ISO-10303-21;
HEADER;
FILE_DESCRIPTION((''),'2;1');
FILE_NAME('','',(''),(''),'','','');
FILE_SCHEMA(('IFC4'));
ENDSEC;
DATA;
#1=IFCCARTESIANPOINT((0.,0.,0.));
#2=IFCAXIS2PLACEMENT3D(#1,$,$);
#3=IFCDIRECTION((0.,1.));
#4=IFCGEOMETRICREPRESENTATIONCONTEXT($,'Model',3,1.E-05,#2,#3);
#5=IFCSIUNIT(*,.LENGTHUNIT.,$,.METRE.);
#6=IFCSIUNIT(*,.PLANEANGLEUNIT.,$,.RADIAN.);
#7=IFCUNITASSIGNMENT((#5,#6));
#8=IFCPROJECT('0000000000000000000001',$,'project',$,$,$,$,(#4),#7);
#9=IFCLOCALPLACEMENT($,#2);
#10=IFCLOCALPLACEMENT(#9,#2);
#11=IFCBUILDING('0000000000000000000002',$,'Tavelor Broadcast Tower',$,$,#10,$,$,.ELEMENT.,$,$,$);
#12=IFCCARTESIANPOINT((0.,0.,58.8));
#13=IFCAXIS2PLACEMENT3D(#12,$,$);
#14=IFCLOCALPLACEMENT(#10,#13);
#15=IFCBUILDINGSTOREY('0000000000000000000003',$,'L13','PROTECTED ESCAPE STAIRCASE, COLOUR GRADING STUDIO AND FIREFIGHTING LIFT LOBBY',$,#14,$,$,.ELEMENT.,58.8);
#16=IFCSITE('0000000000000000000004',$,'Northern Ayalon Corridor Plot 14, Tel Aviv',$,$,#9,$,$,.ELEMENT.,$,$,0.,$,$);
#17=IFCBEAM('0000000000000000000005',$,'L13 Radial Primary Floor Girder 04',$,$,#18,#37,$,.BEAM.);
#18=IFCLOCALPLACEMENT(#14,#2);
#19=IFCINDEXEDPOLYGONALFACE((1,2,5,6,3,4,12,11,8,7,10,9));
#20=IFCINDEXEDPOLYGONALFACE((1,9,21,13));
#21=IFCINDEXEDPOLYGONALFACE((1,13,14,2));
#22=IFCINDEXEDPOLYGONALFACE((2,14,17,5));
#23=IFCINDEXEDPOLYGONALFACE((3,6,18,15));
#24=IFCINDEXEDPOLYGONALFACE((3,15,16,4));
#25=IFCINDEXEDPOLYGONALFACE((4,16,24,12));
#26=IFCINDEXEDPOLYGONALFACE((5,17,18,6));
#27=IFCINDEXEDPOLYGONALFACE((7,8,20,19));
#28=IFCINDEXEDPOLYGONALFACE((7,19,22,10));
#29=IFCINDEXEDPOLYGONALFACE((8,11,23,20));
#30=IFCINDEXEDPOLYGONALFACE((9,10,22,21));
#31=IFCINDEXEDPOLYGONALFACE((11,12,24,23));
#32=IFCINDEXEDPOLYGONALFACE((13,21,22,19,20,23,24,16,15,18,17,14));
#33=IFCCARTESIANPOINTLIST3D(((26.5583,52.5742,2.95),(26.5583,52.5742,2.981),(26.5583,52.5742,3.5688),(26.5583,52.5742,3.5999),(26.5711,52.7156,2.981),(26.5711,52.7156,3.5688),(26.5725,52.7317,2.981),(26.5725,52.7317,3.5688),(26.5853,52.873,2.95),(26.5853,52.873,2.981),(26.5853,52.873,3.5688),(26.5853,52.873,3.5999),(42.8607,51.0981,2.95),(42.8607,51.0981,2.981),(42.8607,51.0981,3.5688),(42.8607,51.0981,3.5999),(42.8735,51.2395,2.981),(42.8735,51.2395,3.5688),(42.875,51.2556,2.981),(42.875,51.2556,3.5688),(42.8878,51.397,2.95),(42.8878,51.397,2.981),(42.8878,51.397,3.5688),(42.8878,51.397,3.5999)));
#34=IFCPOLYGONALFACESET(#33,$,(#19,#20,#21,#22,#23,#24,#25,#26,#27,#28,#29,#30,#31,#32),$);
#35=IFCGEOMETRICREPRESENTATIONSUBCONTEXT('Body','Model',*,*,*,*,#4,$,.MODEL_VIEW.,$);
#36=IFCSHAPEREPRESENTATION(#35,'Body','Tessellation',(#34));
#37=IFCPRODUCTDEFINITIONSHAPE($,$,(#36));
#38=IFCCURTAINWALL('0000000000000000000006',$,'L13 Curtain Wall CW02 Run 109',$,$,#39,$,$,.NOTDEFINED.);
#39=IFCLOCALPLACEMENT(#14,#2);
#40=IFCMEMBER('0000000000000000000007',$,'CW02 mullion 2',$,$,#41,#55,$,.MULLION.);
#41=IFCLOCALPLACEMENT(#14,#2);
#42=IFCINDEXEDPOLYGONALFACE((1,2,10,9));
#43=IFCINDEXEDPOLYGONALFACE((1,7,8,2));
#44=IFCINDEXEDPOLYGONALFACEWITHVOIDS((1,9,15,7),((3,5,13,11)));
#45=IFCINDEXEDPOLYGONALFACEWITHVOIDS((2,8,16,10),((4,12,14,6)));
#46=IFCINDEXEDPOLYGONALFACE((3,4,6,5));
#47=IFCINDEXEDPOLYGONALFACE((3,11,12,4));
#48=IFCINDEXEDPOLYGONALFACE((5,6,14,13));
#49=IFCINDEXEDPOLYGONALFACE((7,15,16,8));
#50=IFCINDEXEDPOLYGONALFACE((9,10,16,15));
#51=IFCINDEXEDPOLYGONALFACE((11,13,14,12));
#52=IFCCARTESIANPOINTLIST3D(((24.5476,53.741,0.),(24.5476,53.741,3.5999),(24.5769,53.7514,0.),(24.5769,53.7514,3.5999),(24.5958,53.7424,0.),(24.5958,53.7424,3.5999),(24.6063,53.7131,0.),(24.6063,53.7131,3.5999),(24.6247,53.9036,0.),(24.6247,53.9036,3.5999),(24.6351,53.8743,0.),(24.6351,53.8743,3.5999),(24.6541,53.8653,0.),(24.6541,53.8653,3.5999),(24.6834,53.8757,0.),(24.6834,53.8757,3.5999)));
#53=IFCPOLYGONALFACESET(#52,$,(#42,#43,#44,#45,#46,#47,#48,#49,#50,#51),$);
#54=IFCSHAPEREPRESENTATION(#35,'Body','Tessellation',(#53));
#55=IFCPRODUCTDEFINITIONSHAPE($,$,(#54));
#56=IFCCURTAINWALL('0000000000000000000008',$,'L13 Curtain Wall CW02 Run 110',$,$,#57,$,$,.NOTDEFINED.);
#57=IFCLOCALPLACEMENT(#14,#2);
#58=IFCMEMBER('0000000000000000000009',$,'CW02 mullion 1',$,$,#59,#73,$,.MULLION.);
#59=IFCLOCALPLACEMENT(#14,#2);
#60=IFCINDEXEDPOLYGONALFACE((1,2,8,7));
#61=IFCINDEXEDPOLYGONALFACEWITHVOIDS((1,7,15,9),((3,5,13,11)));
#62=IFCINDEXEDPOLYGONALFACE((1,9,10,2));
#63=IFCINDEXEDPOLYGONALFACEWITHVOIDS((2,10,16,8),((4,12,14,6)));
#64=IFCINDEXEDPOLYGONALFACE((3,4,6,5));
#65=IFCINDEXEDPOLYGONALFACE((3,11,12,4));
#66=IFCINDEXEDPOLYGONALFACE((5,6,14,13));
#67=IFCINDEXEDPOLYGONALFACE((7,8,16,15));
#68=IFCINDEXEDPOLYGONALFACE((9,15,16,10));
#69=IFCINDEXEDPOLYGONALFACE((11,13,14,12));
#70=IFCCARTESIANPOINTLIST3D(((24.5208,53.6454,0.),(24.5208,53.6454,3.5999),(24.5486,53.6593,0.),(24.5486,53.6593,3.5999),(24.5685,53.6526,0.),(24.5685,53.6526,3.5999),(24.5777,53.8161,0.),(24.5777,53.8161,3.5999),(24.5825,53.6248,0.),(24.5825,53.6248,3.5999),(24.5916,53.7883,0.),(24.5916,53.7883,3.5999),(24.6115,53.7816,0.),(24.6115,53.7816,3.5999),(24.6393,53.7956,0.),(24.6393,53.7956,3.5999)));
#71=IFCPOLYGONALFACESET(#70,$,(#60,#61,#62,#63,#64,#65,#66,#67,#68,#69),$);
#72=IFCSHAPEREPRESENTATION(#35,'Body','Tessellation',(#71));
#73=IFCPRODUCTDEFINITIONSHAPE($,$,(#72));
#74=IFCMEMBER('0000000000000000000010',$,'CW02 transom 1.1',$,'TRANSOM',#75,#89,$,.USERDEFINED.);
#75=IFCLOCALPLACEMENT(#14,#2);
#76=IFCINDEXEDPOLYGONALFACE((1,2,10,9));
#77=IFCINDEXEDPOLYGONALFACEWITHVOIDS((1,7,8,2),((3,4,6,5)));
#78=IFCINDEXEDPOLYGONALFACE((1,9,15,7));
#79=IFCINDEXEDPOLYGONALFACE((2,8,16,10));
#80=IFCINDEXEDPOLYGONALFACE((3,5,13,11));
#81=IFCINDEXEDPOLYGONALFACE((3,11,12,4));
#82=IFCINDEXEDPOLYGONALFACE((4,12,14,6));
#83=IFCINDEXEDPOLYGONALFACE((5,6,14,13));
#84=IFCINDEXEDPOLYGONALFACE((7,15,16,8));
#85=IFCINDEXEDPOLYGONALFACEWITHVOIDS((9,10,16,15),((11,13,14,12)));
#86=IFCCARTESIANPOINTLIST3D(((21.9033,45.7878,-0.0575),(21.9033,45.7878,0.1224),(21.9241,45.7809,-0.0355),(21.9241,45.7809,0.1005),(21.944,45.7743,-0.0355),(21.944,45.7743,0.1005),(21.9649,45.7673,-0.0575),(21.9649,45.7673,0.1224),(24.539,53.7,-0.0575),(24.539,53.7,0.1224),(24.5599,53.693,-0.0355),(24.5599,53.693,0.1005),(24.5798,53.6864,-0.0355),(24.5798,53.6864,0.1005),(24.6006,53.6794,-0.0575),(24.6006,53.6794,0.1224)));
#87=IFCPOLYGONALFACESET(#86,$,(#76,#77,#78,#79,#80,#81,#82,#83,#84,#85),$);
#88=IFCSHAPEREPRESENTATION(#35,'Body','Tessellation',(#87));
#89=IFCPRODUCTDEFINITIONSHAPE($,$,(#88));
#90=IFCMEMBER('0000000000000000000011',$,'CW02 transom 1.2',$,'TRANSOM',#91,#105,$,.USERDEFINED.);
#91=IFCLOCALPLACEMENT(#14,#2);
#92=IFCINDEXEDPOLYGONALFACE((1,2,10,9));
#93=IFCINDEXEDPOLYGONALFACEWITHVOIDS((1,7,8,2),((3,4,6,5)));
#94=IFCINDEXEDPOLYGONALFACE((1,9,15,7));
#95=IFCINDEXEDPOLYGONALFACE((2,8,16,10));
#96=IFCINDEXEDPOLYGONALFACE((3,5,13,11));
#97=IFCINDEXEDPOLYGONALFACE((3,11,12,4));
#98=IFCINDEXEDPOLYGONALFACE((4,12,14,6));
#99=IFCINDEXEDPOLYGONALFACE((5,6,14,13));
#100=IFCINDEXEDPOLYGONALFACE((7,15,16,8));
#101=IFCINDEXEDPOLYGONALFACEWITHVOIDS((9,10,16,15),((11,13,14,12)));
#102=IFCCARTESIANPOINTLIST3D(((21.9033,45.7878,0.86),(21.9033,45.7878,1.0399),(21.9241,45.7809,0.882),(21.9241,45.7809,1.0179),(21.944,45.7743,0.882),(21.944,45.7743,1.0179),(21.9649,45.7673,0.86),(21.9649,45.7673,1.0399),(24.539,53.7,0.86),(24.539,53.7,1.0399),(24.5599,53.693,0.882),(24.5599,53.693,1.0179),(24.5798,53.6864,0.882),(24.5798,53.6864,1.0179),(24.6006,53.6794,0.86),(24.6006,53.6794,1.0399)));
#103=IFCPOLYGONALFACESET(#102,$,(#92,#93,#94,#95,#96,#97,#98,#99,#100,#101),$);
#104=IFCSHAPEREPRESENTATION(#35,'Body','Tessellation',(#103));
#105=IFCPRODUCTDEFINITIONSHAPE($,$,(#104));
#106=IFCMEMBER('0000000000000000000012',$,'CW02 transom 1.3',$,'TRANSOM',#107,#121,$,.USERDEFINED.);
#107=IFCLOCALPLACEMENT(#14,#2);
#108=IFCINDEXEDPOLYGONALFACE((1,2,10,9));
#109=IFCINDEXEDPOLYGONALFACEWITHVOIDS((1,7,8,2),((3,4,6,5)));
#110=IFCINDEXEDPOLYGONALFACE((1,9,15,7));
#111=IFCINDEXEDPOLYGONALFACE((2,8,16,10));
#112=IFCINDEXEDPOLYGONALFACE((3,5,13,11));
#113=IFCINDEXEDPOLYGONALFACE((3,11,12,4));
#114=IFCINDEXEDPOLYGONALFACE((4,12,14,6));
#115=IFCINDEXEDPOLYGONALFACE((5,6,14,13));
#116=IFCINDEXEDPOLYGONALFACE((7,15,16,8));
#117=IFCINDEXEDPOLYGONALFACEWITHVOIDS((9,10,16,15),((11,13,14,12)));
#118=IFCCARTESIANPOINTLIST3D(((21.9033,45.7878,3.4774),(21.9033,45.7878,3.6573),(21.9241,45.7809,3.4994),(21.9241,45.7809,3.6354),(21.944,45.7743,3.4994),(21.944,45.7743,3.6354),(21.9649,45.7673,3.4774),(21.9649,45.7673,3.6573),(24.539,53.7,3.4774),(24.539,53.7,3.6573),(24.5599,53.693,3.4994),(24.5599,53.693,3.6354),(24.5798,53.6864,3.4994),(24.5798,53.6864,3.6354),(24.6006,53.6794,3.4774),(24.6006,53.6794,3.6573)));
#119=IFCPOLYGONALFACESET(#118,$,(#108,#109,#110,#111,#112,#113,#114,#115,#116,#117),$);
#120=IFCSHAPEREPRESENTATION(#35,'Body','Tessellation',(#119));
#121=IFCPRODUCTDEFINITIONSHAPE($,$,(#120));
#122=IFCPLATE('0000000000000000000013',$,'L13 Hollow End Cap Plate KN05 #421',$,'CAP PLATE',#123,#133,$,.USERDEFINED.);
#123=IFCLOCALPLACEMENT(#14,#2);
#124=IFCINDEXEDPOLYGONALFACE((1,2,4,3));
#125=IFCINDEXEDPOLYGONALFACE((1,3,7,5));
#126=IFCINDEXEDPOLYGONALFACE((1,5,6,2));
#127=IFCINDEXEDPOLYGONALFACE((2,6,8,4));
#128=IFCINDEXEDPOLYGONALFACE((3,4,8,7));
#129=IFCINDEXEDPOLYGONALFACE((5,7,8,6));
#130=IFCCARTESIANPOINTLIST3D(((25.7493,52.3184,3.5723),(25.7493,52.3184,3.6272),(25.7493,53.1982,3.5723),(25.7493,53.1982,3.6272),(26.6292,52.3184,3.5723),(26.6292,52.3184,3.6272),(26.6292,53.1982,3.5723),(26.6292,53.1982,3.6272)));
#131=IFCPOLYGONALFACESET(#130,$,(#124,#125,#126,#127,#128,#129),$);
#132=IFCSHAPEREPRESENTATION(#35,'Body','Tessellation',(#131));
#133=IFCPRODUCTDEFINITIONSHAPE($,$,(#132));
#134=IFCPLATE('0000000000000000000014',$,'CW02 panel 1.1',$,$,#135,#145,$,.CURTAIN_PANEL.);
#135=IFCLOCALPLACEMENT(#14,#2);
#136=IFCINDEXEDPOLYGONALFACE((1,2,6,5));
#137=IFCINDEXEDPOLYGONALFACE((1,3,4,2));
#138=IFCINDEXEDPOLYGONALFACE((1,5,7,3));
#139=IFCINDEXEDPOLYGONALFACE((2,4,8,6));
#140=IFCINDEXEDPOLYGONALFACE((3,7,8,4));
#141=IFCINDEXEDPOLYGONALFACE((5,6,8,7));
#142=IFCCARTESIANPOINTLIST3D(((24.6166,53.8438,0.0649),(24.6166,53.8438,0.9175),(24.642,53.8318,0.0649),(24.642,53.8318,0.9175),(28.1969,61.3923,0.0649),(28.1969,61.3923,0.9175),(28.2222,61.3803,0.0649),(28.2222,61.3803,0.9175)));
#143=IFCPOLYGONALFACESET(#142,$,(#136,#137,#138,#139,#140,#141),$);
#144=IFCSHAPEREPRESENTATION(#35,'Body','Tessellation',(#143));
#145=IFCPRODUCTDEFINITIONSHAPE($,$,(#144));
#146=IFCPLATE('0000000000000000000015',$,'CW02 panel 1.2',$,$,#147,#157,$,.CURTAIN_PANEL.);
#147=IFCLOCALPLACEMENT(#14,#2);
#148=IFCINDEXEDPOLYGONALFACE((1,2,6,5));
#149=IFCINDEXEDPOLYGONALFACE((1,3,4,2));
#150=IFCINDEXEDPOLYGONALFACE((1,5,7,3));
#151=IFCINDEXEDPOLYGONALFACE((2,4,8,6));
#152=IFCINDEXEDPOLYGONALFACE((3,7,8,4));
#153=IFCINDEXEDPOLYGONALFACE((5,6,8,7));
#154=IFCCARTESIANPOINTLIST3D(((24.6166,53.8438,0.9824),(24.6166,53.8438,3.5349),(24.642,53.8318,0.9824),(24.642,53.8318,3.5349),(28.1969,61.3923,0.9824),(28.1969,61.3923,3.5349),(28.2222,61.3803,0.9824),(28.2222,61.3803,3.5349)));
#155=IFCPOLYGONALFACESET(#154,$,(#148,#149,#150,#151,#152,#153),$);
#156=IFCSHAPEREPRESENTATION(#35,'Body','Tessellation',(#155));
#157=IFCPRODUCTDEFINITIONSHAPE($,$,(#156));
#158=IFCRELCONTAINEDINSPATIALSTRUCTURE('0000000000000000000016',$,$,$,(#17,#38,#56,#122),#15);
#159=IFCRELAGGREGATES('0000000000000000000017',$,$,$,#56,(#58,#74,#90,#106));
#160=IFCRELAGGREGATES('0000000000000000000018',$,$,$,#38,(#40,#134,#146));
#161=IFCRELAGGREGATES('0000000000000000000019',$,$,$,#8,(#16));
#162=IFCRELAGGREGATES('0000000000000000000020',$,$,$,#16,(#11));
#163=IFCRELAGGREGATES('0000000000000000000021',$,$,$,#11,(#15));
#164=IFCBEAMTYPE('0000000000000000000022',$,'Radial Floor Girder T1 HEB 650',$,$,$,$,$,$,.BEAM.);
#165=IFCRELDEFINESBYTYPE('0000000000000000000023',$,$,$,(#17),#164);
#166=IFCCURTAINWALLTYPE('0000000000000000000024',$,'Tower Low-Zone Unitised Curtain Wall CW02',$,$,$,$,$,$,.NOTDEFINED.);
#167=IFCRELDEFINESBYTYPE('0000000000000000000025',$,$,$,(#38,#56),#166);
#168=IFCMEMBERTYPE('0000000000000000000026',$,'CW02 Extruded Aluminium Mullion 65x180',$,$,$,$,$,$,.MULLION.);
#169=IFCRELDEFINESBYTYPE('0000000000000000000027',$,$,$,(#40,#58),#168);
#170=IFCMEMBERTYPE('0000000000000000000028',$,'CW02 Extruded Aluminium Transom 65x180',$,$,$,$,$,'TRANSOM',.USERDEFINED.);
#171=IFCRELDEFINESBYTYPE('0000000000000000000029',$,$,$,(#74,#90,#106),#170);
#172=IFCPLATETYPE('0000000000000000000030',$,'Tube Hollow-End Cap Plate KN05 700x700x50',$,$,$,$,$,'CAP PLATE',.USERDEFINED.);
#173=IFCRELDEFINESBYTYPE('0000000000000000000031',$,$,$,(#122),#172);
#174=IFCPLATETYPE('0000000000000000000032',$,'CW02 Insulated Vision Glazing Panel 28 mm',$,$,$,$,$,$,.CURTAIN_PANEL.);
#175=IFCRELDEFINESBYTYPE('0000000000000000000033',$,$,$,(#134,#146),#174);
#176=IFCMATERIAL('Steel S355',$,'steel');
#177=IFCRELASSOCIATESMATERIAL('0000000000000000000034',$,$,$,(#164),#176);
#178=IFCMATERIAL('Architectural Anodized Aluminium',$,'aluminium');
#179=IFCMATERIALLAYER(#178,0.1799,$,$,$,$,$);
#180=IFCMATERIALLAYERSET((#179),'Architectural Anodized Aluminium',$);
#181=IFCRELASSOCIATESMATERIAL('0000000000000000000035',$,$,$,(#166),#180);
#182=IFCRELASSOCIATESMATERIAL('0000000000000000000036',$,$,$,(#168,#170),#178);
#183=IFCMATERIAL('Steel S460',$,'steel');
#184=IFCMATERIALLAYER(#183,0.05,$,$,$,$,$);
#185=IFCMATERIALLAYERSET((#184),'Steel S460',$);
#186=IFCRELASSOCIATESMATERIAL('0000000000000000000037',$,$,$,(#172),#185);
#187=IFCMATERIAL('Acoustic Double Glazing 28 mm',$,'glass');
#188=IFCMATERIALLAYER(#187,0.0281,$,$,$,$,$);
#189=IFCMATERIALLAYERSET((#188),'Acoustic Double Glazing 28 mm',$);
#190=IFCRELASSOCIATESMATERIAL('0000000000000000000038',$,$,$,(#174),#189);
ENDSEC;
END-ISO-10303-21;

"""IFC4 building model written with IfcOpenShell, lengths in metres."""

from ifc_helpers import new_model, si_unit, direction, frame, origin, origin_2d, place, context, subcontext, project, spatial, rectangle, hollow_rectangle, i_section, extrude, source, transform, mapped, material, layer, layer_set, material_profile, profile_set, type_object, type_shapes, element, aggregate, save


model = new_model("IFC4")

# Units and contexts
model_context = context("Model", 3, precision=1e-05, world=origin(), true_north=direction((0.0, 1.0)))
body_context = subcontext(model_context, "Body", "Model", "MODEL_VIEW")
ifc_project = project(units=[si_unit("LENGTHUNIT", "METRE"), si_unit("PLANEANGLEUNIT", "RADIAN")], contexts=[model_context])

# Site, building, storey
site_placement = place(None, origin())
site = spatial("IfcSite", under=ifc_project, at=site_placement, Name="Northern Ayalon Corridor Plot 14, Tel Aviv", CompositionType="ELEMENT", RefElevation=0.0)
building_placement = place(site_placement, origin())
building = spatial("IfcBuilding", under=site, at=building_placement, Name="Tavelor Broadcast Tower", CompositionType="ELEMENT")
storey_placement = place(building_placement, frame((0.0, 0.0, 58.8)))
storey = spatial("IfcBuildingStorey", under=building, at=storey_placement, Name="L13", Description="PROTECTED ESCAPE STAIRCASE, COLOUR GRADING STUDIO AND FIREFIGHTING LIFT LOBBY", CompositionType="ELEMENT", Elevation=58.8)

# Shared definitions
ifc_material_1 = material(Name="Steel S460", Category="steel")

# Beam
ifc_material_2 = material(Name="Steel S355", Category="steel")
ifc_material_profile_1 = material_profile(ifc_material_2, i_section(OverallWidth=0.3, OverallDepth=0.6499, WebThickness=0.0161, FlangeThickness=0.031, at=origin_2d()), Name="HEB 650")
ifc_profile_set_1 = profile_set([ifc_material_profile_1], Name="Steel S355")
beam_type_1 = type_object("IfcBeamType", Name="Radial Floor Girder T1 HEB 650", PredefinedType="BEAM", material=ifc_profile_set_1)
beam_1_placement = place(storey_placement, frame((42.8743, 51.2476, 3.2749), z_axis=(-0.995926, 0.090174, 0.0), x_axis=(-0.090174, -0.995926, 0.0)))
element("IfcBeam", 1, at=beam_1_placement, inside=storey, type_object=beam_type_1, Name="L13 Radial Primary Floor Girder 04", PredefinedType="BEAM", context=body_context, shape_type="SweptSolid", body=[
    extrude(i_section(OverallWidth=0.3, OverallDepth=0.6499, WebThickness=0.0161, FlangeThickness=0.031, at=origin_2d()), origin(), (0.0, 0.0, 1.0), 16.3691),
])

# Curtain wall, member
ifc_material_3 = material(Name="Architectural Anodized Aluminium", Category="aluminium")
ifc_layer_1 = layer(ifc_material_3, 0.1799)
ifc_layer_set_1 = layer_set([ifc_layer_1], Name="Architectural Anodized Aluminium")
curtain_wall_type = type_object("IfcCurtainWallType", Name="Tower Low-Zone Unitised Curtain Wall CW02", PredefinedType="NOTDEFINED", material=ifc_layer_set_1)
curtain_wall_1_placement = place(storey_placement, origin())
curtain_wall_1 = element("IfcCurtainWall", 2, at=curtain_wall_1_placement, inside=storey, type_object=curtain_wall_type, Name="L13 Curtain Wall CW02 Run 109", PredefinedType="NOTDEFINED")
ifc_material_profile_2 = material_profile(ifc_material_3, hollow_rectangle(XDim=0.0649, YDim=0.1799, WallThickness=0.022, at=origin_2d()), Name="RHS 65x180x22")
ifc_profile_set_2 = profile_set([ifc_material_profile_2], Name="Architectural Anodized Aluminium")
member_type_1 = type_object("IfcMemberType", Name="CW02 Extruded Aluminium Mullion 65x180", PredefinedType="MULLION", material=ifc_profile_set_2)
shared_shape_1 = source(origin(), body_context, "Body", "SweptSolid", [
    extrude(hollow_rectangle(XDim=0.0649, YDim=0.1799, WallThickness=0.022, at=origin_2d()), origin(), (0.0, 0.0, 1.0), 3.5999),
])
type_shapes(member_type_1, [shared_shape_1])
member_1_placement = place(storey_placement, frame((24.6155, 53.8083, 0.0), z_axis=(0.0, 0.0, 1.0), x_axis=(0.903524, -0.428537, 0.0)))
member_1 = element("IfcMember", 3, at=member_1_placement, type_object=member_type_1, Name="CW02 mullion 2", PredefinedType="MULLION", context=body_context, shape_type="MappedRepresentation", body=[
    mapped(shared_shape_1, transform((0.0, 0.0, 0.0), scale=1.0)),
])

# Curtain wall, members
curtain_wall_2_placement = place(storey_placement, origin())
curtain_wall_2 = element("IfcCurtainWall", 4, at=curtain_wall_2_placement, inside=storey, type_object=curtain_wall_type, Name="L13 Curtain Wall CW02 Run 110", PredefinedType="NOTDEFINED")
member_2_placement = place(storey_placement, frame((24.5801, 53.7205, 0.0), z_axis=(0.0, 0.0, 1.0), x_axis=(0.948743, -0.316047, 0.0)))
member_2 = element("IfcMember", 5, at=member_2_placement, type_object=member_type_1, Name="CW02 mullion 1", PredefinedType="MULLION", context=body_context, shape_type="MappedRepresentation", body=[
    mapped(shared_shape_1, transform((0.0, 0.0, 0.0), scale=1.0)),
])
ifc_material_profile_3 = material_profile(ifc_material_3, hollow_rectangle(XDim=0.0649, YDim=0.1799, WallThickness=0.022, at=origin_2d()), Name="RHS 65x180x22")
ifc_profile_set_3 = profile_set([ifc_material_profile_3], Name="Architectural Anodized Aluminium")
member_type_2 = type_object("IfcMemberType", Name="CW02 Extruded Aluminium Transom 65x180", ElementType="TRANSOM", PredefinedType="USERDEFINED", material=ifc_profile_set_3)
shared_shape_2 = source(origin(), body_context, "Body", "SweptSolid", [
    extrude(hollow_rectangle(XDim=0.0649, YDim=0.1799, WallThickness=0.022, at=origin_2d()), origin(), (0.0, 0.0, 1.0), 8.3396),
])
type_shapes(member_type_2, [shared_shape_2])
member_3_placement = place(storey_placement, frame((24.5698, 53.6897, 0.0325), z_axis=(-0.316052, -0.948742, 0.0), x_axis=(0.948742, -0.316052, 0.0)))
member_3 = element("IfcMember", 6, at=member_3_placement, type_object=member_type_2, Name="CW02 transom 1.1", ObjectType="TRANSOM", PredefinedType="USERDEFINED", context=body_context, shape_type="MappedRepresentation", body=[
    mapped(shared_shape_2, transform((0.0, 0.0, 0.0), scale=1.0)),
])
member_4_placement = place(storey_placement, frame((24.5698, 53.6897, 0.95), z_axis=(-0.316052, -0.948742, 0.0), x_axis=(0.948742, -0.316052, 0.0)))
member_4 = element("IfcMember", 7, at=member_4_placement, type_object=member_type_2, Name="CW02 transom 1.2", ObjectType="TRANSOM", PredefinedType="USERDEFINED", context=body_context, shape_type="MappedRepresentation", body=[
    mapped(shared_shape_2, transform((0.0, 0.0, 0.0), scale=1.0)),
])
member_5_placement = place(storey_placement, frame((24.5698, 53.6897, 3.5674), z_axis=(-0.316052, -0.948742, 0.0), x_axis=(0.948742, -0.316052, 0.0)))
member_5 = element("IfcMember", 8, at=member_5_placement, type_object=member_type_2, Name="CW02 transom 1.3", ObjectType="TRANSOM", PredefinedType="USERDEFINED", context=body_context, shape_type="MappedRepresentation", body=[
    mapped(shared_shape_2, transform((0.0, 0.0, 0.0), scale=1.0)),
])
aggregate(curtain_wall_2, [member_2, member_3, member_4, member_5])

# Plates
ifc_layer_2 = layer(ifc_material_1, 0.05)
ifc_layer_set_2 = layer_set([ifc_layer_2], Name="Steel S460")
plate_type_1 = type_object("IfcPlateType", Name="Tube Hollow-End Cap Plate KN05 700x700x50", ElementType="CAP PLATE", PredefinedType="USERDEFINED", material=ifc_layer_set_2)
shared_shape_3 = source(origin(), body_context, "Body", "SweptSolid", [
    extrude(rectangle(XDim=0.8799, YDim=0.8799, at=origin_2d()), origin(), (0.0, 0.0, 1.0), 0.0549),
])
type_shapes(plate_type_1, [shared_shape_3])
plate_1_placement = place(storey_placement, frame((26.1892, 52.7583, 3.5723), z_axis=(0.0, 0.0, 1.0), x_axis=(1.0, 0.0, 0.0)))
element("IfcPlate", 9, at=plate_1_placement, inside=storey, type_object=plate_type_1, Name="L13 Hollow End Cap Plate KN05 #421", ObjectType="CAP PLATE", PredefinedType="USERDEFINED", context=body_context, shape_type="MappedRepresentation", body=[
    mapped(shared_shape_3, transform((0.0, 0.0, 0.0), scale=1.0)),
])
ifc_material_4 = material(Name="Acoustic Double Glazing 28 mm", Category="glass")
ifc_layer_3 = layer(ifc_material_4, 0.0281)
ifc_layer_set_3 = layer_set([ifc_layer_3], Name="Acoustic Double Glazing 28 mm")
plate_type_2 = type_object("IfcPlateType", Name="CW02 Insulated Vision Glazing Panel 28 mm", PredefinedType="CURTAIN_PANEL", material=ifc_layer_set_3)
shared_shape_4 = source(origin(), body_context, "Body", "SweptSolid", [
    extrude(rectangle(XDim=8.3545, YDim=0.0281, at=origin_2d()), origin(), (0.0, 0.0, 1.0), 0.8525),
])
plate_2_placement = place(storey_placement, frame((26.4194, 57.6121, 0.0649), z_axis=(0.0, 0.0, 1.0), x_axis=(-0.428537, -0.903524, 0.0)))
plate_2 = element("IfcPlate", 10, at=plate_2_placement, type_object=plate_type_2, Name="CW02 panel 1.1", PredefinedType="CURTAIN_PANEL", context=body_context, shape_type="MappedRepresentation", body=[
    mapped(shared_shape_4, transform((0.0, 0.0, 0.0), scale=1.0)),
])
shared_shape_5 = source(origin(), body_context, "Body", "SweptSolid", [
    extrude(rectangle(XDim=8.3545, YDim=0.0281, at=origin_2d()), origin(), (0.0, 0.0, 1.0), 2.5525),
])
type_shapes(plate_type_2, [shared_shape_4, shared_shape_5])
plate_3_placement = place(storey_placement, frame((26.4194, 57.6121, 0.9824), z_axis=(0.0, 0.0, 1.0), x_axis=(-0.428537, -0.903524, 0.0)))
plate_3 = element("IfcPlate", 11, at=plate_3_placement, type_object=plate_type_2, Name="CW02 panel 1.2", PredefinedType="CURTAIN_PANEL", context=body_context, shape_type="MappedRepresentation", body=[
    mapped(shared_shape_5, transform((0.0, 0.0, 0.0), scale=1.0)),
])
aggregate(curtain_wall_1, [member_1, plate_2, plate_3])

save(model, "model.ifc")
